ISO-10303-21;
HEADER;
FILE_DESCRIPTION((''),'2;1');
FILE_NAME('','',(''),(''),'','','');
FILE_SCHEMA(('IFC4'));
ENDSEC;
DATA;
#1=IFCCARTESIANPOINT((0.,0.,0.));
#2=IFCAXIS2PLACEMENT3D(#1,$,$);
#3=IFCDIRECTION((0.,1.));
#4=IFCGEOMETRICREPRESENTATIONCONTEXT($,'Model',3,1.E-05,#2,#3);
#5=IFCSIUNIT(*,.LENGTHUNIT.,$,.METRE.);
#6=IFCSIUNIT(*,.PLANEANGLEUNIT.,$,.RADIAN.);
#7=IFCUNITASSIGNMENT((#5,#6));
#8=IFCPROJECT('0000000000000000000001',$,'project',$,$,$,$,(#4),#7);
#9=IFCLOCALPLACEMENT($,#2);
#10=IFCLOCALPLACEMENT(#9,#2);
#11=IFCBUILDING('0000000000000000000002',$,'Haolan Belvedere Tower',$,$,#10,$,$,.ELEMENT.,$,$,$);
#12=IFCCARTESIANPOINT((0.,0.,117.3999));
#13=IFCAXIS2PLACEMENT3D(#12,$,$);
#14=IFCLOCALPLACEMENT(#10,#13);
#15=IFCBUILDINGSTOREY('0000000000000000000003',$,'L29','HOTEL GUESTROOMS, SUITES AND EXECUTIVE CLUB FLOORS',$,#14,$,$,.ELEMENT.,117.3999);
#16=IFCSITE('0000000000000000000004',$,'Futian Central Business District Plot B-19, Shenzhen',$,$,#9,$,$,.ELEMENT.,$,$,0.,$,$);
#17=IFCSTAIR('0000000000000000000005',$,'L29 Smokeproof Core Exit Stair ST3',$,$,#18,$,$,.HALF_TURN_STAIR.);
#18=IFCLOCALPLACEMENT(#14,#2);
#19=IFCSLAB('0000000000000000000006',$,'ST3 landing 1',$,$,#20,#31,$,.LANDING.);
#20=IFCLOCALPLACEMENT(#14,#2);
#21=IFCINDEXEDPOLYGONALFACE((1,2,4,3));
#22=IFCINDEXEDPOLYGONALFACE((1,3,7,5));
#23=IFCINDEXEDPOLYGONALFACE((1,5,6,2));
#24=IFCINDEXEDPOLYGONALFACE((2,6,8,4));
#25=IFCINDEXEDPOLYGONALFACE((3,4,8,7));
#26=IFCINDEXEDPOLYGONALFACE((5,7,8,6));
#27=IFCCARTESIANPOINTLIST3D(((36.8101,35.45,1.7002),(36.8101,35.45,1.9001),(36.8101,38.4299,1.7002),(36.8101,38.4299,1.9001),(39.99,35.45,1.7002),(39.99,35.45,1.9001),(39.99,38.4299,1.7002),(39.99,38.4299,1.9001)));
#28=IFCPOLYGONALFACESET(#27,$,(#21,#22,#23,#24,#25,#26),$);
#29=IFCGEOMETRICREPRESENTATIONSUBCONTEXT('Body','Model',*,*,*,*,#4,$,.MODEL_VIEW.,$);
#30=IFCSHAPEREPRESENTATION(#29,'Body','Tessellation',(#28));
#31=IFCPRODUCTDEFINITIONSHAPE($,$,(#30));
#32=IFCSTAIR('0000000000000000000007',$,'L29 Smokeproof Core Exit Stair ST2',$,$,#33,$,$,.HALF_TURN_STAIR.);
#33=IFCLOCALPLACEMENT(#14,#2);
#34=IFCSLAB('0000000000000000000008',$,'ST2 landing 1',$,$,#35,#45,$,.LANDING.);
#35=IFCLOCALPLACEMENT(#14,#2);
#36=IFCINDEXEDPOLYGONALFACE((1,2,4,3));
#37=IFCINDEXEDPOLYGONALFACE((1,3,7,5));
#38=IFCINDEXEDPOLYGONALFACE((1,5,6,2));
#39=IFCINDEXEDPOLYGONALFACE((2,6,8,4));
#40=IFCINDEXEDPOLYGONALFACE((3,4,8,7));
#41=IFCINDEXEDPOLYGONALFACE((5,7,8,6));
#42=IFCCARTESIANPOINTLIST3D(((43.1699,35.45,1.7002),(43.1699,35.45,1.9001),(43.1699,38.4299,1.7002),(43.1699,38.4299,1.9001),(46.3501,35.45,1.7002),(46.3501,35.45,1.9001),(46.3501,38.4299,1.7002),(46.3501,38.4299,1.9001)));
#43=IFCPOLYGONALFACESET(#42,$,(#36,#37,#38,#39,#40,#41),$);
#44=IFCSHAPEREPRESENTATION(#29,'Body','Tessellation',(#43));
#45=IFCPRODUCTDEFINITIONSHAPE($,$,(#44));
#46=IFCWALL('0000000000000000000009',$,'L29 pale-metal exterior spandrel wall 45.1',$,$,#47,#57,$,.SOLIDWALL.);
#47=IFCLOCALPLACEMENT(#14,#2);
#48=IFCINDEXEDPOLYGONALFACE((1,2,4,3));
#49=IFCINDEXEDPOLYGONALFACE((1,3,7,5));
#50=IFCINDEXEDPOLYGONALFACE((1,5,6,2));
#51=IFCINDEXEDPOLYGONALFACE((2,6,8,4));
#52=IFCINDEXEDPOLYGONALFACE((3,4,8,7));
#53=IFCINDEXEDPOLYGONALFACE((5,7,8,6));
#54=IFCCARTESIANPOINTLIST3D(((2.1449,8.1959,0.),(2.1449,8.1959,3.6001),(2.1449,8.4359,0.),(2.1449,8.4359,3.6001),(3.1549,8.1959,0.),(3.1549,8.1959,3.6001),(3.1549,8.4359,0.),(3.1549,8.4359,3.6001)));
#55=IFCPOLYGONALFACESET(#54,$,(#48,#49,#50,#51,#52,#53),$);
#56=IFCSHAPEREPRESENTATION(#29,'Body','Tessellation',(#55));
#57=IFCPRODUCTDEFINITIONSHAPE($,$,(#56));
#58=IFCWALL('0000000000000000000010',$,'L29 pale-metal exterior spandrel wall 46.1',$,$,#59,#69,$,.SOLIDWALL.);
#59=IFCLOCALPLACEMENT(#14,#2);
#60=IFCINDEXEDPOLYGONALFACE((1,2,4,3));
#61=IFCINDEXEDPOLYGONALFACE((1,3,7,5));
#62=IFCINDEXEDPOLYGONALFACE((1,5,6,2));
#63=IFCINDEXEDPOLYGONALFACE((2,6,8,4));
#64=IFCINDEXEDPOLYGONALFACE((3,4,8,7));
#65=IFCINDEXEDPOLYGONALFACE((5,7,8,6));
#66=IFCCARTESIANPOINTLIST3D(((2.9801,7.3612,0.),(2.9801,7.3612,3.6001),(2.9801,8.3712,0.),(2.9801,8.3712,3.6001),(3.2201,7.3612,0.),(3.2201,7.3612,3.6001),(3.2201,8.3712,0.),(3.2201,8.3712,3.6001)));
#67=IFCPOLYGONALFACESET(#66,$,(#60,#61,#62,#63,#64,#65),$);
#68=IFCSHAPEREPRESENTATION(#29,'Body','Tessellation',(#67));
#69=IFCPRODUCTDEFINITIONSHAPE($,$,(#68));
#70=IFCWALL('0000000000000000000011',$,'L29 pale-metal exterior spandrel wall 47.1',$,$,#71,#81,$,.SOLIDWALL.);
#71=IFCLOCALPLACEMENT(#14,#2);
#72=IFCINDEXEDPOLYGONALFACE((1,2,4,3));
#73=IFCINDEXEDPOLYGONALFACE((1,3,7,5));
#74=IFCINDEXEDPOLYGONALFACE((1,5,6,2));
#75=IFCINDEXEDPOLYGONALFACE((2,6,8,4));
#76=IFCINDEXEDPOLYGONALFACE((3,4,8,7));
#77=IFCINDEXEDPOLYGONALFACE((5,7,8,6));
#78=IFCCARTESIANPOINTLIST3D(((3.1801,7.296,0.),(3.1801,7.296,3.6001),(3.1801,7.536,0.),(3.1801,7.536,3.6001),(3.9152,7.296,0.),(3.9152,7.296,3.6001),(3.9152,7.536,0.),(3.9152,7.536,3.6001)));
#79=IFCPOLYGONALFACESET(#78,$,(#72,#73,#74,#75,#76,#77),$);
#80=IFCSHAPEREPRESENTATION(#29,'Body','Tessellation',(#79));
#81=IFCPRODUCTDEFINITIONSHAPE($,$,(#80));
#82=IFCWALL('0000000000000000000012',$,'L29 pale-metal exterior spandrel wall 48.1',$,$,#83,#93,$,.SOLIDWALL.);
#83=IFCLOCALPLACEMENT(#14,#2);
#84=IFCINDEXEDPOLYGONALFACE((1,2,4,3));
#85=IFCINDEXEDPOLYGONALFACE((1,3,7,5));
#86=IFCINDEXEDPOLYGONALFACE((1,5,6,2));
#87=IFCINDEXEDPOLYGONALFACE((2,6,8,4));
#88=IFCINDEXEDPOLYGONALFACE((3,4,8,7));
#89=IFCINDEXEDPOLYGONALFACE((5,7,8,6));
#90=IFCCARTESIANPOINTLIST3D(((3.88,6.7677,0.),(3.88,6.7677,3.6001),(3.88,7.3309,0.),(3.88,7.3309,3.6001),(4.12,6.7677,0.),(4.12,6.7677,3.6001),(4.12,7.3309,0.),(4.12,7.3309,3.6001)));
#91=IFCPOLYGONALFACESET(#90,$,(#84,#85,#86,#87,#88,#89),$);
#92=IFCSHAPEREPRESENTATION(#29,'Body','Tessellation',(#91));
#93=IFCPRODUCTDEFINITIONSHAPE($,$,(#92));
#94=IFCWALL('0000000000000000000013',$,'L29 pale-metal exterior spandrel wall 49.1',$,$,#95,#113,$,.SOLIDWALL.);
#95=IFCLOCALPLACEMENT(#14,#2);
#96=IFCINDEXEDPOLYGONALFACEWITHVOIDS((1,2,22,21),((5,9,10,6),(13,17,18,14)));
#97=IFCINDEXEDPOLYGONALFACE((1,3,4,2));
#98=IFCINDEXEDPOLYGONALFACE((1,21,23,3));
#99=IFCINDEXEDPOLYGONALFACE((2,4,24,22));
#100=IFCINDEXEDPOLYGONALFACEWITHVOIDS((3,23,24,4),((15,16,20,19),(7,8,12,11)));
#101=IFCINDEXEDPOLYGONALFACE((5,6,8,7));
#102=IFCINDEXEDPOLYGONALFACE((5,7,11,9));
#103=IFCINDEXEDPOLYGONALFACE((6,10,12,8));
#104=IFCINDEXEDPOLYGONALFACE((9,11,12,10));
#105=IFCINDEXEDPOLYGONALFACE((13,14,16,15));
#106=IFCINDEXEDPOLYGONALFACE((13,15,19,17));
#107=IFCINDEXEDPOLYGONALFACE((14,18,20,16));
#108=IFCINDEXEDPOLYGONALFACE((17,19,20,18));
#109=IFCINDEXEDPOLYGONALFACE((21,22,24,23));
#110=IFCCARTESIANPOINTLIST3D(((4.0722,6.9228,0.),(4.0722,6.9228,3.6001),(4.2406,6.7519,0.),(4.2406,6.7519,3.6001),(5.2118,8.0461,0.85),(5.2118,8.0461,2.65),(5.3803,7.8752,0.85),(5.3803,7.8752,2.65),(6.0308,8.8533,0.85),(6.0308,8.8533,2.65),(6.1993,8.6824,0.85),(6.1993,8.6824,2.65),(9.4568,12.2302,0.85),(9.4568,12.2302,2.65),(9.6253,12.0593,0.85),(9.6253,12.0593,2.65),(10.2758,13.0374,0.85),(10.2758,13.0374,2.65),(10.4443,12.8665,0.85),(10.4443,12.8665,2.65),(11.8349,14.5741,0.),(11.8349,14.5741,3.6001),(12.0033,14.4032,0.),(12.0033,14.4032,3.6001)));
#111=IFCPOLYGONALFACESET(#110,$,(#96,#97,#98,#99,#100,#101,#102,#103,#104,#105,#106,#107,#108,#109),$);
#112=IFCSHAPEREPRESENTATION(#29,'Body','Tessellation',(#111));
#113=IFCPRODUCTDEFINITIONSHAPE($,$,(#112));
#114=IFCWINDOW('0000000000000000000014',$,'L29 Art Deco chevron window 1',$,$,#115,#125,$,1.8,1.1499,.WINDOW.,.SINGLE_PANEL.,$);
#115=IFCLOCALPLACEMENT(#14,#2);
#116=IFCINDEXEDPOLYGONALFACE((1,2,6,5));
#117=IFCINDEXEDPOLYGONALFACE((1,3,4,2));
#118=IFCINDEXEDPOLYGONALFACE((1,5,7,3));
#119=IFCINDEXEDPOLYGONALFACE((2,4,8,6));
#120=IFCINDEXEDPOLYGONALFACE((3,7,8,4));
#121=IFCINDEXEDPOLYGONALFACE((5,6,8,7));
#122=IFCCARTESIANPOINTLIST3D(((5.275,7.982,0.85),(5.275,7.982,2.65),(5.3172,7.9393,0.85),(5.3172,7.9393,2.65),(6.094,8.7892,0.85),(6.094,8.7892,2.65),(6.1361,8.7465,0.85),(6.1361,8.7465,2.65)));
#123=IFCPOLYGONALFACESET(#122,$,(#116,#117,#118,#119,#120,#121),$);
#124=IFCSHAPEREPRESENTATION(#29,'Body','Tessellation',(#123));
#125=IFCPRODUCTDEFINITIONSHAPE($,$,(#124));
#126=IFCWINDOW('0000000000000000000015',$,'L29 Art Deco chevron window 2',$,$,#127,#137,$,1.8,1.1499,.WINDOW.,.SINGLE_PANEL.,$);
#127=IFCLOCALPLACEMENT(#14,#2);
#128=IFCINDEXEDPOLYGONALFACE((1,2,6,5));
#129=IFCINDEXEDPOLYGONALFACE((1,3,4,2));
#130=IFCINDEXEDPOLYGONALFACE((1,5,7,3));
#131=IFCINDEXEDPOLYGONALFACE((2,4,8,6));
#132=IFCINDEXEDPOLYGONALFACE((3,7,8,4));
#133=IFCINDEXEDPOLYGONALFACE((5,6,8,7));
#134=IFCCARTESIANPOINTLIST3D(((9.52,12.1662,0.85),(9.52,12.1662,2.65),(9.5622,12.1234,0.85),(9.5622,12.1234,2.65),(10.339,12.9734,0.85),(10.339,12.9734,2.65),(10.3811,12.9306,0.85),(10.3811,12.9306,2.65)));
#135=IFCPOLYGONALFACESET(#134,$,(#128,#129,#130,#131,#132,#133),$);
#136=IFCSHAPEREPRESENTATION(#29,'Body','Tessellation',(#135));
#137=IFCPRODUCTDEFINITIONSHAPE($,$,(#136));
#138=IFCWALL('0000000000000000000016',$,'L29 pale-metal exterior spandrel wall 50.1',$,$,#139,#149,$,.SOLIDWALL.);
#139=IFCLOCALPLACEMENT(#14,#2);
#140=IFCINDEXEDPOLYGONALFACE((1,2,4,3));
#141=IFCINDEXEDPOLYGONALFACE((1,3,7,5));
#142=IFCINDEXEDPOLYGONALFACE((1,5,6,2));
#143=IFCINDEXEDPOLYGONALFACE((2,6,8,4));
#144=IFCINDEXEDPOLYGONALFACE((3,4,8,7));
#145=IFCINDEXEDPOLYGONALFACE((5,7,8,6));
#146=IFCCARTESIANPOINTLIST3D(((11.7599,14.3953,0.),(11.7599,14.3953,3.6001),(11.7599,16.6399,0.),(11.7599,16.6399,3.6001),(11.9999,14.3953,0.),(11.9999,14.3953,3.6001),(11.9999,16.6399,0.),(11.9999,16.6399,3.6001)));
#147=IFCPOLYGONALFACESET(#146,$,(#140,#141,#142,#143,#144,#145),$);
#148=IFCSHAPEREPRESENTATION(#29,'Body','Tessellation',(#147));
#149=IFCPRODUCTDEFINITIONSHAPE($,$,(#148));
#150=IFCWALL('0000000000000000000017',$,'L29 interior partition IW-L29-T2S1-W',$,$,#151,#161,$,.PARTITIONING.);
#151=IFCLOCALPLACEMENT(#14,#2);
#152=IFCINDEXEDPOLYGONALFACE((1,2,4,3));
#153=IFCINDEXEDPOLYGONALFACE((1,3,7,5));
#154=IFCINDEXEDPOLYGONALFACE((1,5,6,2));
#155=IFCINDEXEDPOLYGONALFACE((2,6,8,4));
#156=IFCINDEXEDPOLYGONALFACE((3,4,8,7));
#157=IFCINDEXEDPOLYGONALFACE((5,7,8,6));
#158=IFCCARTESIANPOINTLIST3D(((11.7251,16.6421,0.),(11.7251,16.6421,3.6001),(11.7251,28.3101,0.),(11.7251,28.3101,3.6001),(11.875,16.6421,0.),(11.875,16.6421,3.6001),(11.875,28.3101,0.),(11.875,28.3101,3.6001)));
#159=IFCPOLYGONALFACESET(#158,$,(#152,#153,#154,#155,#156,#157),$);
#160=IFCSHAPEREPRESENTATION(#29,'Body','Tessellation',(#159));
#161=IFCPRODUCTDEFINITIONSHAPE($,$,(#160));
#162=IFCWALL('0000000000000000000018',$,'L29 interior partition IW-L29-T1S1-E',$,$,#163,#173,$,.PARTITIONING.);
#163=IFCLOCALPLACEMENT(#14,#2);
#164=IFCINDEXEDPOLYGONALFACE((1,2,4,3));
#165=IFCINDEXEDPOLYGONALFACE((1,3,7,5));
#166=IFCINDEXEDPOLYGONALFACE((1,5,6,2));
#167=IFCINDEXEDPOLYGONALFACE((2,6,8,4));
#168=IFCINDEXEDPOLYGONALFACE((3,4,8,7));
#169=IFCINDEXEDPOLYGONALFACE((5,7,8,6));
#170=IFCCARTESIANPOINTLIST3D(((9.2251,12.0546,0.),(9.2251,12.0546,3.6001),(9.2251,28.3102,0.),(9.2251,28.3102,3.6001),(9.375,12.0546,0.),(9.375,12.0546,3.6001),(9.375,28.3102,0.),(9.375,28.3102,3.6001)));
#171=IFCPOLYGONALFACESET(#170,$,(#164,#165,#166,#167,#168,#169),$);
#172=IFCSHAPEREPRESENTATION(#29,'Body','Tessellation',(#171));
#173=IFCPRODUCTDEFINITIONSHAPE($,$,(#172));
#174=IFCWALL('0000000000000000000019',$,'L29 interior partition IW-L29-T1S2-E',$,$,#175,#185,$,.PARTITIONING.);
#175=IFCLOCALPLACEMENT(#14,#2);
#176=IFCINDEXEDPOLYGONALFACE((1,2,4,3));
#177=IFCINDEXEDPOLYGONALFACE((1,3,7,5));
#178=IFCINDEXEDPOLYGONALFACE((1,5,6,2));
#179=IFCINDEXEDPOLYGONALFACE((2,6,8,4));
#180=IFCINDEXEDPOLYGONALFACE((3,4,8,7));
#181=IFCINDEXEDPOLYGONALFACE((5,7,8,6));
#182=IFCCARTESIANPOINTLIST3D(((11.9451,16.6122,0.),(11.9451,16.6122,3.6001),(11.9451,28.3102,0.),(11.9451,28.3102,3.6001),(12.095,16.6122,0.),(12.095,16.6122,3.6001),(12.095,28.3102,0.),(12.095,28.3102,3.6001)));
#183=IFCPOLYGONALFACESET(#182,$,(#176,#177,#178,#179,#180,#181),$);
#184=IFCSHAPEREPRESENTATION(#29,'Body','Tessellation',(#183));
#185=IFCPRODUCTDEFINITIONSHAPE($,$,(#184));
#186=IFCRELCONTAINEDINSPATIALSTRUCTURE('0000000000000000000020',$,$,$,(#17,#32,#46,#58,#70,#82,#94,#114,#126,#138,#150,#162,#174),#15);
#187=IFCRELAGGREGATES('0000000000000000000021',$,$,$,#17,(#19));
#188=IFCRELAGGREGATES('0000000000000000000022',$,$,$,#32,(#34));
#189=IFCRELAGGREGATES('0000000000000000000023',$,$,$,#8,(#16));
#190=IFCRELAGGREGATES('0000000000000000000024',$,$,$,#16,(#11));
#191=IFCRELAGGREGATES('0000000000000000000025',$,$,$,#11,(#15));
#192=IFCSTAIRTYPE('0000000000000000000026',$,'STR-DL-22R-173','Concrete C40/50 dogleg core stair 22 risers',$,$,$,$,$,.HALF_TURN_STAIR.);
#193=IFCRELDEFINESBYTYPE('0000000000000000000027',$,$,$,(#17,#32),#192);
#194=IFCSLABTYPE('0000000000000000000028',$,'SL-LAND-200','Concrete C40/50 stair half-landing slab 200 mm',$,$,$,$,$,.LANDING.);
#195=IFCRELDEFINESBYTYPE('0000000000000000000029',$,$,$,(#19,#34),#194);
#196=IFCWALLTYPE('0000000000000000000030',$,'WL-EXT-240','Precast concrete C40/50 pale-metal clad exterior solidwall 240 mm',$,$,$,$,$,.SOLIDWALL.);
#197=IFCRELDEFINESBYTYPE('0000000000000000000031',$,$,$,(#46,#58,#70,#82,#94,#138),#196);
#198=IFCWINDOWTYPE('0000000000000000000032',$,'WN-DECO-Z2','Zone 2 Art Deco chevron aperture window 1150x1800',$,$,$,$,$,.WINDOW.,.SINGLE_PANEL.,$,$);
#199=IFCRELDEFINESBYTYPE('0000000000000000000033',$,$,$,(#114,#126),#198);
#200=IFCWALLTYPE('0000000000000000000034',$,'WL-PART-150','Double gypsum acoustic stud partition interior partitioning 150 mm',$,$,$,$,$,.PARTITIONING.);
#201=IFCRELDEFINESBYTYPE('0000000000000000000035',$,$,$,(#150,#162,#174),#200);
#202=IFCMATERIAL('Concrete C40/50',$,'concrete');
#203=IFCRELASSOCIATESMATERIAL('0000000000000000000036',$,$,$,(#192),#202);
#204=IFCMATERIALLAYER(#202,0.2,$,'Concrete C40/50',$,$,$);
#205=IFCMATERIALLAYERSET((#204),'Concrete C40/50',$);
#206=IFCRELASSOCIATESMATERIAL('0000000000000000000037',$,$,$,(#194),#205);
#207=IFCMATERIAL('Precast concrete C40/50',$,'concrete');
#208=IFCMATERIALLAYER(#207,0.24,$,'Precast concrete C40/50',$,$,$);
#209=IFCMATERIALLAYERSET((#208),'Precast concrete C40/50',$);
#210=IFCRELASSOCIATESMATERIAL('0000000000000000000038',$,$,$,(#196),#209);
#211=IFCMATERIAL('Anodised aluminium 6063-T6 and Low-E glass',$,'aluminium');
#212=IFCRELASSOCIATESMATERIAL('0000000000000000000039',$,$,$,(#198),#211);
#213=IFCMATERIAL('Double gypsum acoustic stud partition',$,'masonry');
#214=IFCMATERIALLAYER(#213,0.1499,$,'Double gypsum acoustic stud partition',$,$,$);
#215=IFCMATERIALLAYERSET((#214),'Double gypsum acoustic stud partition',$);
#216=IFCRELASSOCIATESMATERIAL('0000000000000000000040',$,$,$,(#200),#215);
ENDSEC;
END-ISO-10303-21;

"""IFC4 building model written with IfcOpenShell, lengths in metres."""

from ifc_helpers import new_model, si_unit, direction, frame, frame_2d, origin, place, context, subcontext, project, spatial, polyline, rectangle, outline, extrude, material, layer, layer_set, type_object, element, fill, aggregate, save


model = new_model("IFC4")

# Units and contexts
model_context = context("Model", 3, precision=1e-05, world=origin(), true_north=direction((0.0, 1.0)))
body_context = subcontext(model_context, "Body", "Model", "MODEL_VIEW")
ifc_project = project(units=[si_unit("LENGTHUNIT", "METRE"), si_unit("PLANEANGLEUNIT", "RADIAN")], contexts=[model_context])

# Site, building, storey
site_placement = place(None, origin())
site = spatial("IfcSite", under=ifc_project, at=site_placement, Name="Futian Central Business District Plot B-19, Shenzhen", CompositionType="ELEMENT", RefElevation=0.0)
building_placement = place(site_placement, origin())
building = spatial("IfcBuilding", under=site, at=building_placement, Name="Haolan Belvedere Tower", CompositionType="ELEMENT")
storey_placement = place(building_placement, frame((0.0, 0.0, 117.3999)))
storey = spatial("IfcBuildingStorey", under=building, at=storey_placement, Name="L29", Description="HOTEL GUESTROOMS, SUITES AND EXECUTIVE CLUB FLOORS", CompositionType="ELEMENT", Elevation=117.3999)

# Shared definitions
ifc_material_1 = material(Name="Concrete C40/50", Category="concrete")

# Stairs, slabs
stair_type = type_object("IfcStairType", Name="STR-DL-22R-173", Description="Concrete C40/50 dogleg core stair 22 risers", PredefinedType="HALF_TURN_STAIR", material=ifc_material_1)
ifc_layer_1 = layer(ifc_material_1, 0.2, Name="Concrete C40/50")
ifc_layer_set_1 = layer_set([ifc_layer_1], Name="Concrete C40/50")
slab_type_1 = type_object("IfcSlabType", Name="SL-LAND-200", Description="Concrete C40/50 stair half-landing slab 200 mm", PredefinedType="LANDING", material=ifc_layer_set_1)
stair_1_placement = place(storey_placement, origin())
stair_1 = element("IfcStair", 1, at=stair_1_placement, inside=storey, type_object=stair_type, Name="L29 Smokeproof Core Exit Stair ST3", PredefinedType="HALF_TURN_STAIR")
slab_1_placement = place(storey_placement, frame((0.0, 0.0, 1.7002)))
slab_1 = element("IfcSlab", 2, at=slab_1_placement, type_object=slab_type_1, Name="ST3 landing 1", PredefinedType="LANDING", context=body_context, shape_type="SweptSolid", body=[
    extrude(outline(polyline([(36.8101, 38.4299), (36.8101, 35.45), (39.99, 35.45), (39.99, 38.4299), (36.8101, 38.4299)])), origin(), (0.0, 0.0, 1.0), 0.2),
])
aggregate(stair_1, [slab_1])
stair_2_placement = place(storey_placement, origin())
stair_2 = element("IfcStair", 3, at=stair_2_placement, inside=storey, type_object=stair_type, Name="L29 Smokeproof Core Exit Stair ST2", PredefinedType="HALF_TURN_STAIR")
slab_2_placement = place(storey_placement, frame((0.0, 0.0, 1.7002)))
slab_2 = element("IfcSlab", 4, at=slab_2_placement, type_object=slab_type_1, Name="ST2 landing 1", PredefinedType="LANDING", context=body_context, shape_type="SweptSolid", body=[
    extrude(outline(polyline([(43.1699, 38.4299), (43.1699, 35.45), (46.3501, 35.45), (46.3501, 38.4299), (43.1699, 38.4299)])), origin(), (0.0, 0.0, 1.0), 0.2),
])
aggregate(stair_2, [slab_2])

# Walls
ifc_material_2 = material(Name="Precast concrete C40/50", Category="concrete")
ifc_layer_2 = layer(ifc_material_2, 0.24, Name="Precast concrete C40/50")
ifc_layer_set_2 = layer_set([ifc_layer_2], Name="Precast concrete C40/50")
wall_type_1 = type_object("IfcWallType", Name="WL-EXT-240", Description="Precast concrete C40/50 pale-metal clad exterior solidwall 240 mm", PredefinedType="SOLIDWALL", material=ifc_layer_set_2)
for number, where, z_axis, x_axis, name in (
    (5, (2.145, 8.3159, 0.0), (0.0, 0.0, 1.0), (1.0, 0.0, 0.0), "L29 pale-metal exterior spandrel wall 45.1"),
    (6, (3.1001, 8.3711, 0.0), (0.0, 0.0, 1.0), (0.0, -1.0, 0.0), "L29 pale-metal exterior spandrel wall 46.1"),
):
    element("IfcWall", number, at=place(storey_placement, frame(where, z_axis=z_axis, x_axis=x_axis)), inside=storey, type_object=wall_type_1, Name=name, PredefinedType="SOLIDWALL", context=body_context, shape_type="SweptSolid", body=[
        extrude(rectangle(XDim=1.01, YDim=0.24, at=frame_2d((0.5049, 0.0))), origin(), (0.0, 0.0, 1.0), 3.6001),
    ])
wall_1_placement = place(storey_placement, frame((3.1799, 7.416, 0.0), z_axis=(0.0, 0.0, 1.0), x_axis=(1.0, 0.0, 0.0)))
element("IfcWall", 7, at=wall_1_placement, inside=storey, type_object=wall_type_1, Name="L29 pale-metal exterior spandrel wall 47.1", PredefinedType="SOLIDWALL", context=body_context, shape_type="SweptSolid", body=[
    extrude(rectangle(XDim=0.7351, YDim=0.24, at=frame_2d((0.3677, 0.0))), origin(), (0.0, 0.0, 1.0), 3.6001),
])
wall_2_placement = place(storey_placement, frame((4.0, 7.3311, 0.0), z_axis=(0.0, 0.0, 1.0), x_axis=(0.0, -1.0, 0.0)))
element("IfcWall", 8, at=wall_2_placement, inside=storey, type_object=wall_type_1, Name="L29 pale-metal exterior spandrel wall 48.1", PredefinedType="SOLIDWALL", context=body_context, shape_type="SweptSolid", body=[
    extrude(rectangle(XDim=0.5632, YDim=0.24, at=frame_2d((0.2817, 0.0))), origin(), (0.0, 0.0, 1.0), 3.6001),
])

# Wall, openings, windows
wall_3_placement = place(storey_placement, frame((4.1565, 6.8374, 0.0), z_axis=(0.0, 0.0, 1.0), x_axis=(0.712195, 0.701981, 0.0)))
wall_3 = element("IfcWall", 9, at=wall_3_placement, inside=storey, type_object=wall_type_1, Name="L29 pale-metal exterior spandrel wall 49.1", PredefinedType="SOLIDWALL", context=body_context, shape_type="SweptSolid", body=[
    extrude(rectangle(XDim=10.8997, YDim=0.24, at=frame_2d((5.4497, 0.0))), origin(), (0.0, 0.0, 1.0), 3.6001),
])
opening_1_placement = place(wall_3_placement, frame((1.6001, 0.0, 0.8501)))
opening_1 = element("IfcOpeningElement", 10, at=opening_1_placement, cuts=wall_3, PredefinedType="OPENING", context=body_context, shape_type="SweptSolid", body=[
    extrude(rectangle(XDim=1.1499, YDim=1.8, at=frame_2d((0.575, 0.8999))), frame((0.0, 0.1299, 0.0), z_axis=(0.0, -1.0, 0.0), x_axis=(1.0, 0.0, 0.0)), (0.0, 0.0, 1.0), 0.26),
])
opening_2_placement = place(wall_3_placement, frame((7.5605, 0.0, 0.8501)))
opening_2 = element("IfcOpeningElement", 11, at=opening_2_placement, cuts=wall_3, PredefinedType="OPENING", context=body_context, shape_type="SweptSolid", body=[
    extrude(rectangle(XDim=1.1499, YDim=1.8, at=frame_2d((0.575, 0.8999))), frame((0.0, 0.1299, 0.0), z_axis=(0.0, -1.0, 0.0), x_axis=(1.0, 0.0, 0.0)), (0.0, 0.0, 1.0), 0.26),
])
ifc_material_3 = material(Name="Anodised aluminium 6063-T6 and Low-E glass", Category="aluminium")
window_type = type_object("IfcWindowType", Name="WN-DECO-Z2", Description="Zone 2 Art Deco chevron aperture window 1150x1800", PartitioningType="SINGLE_PANEL", PredefinedType="WINDOW", material=ifc_material_3)
window_1_placement = place(opening_1_placement, origin())
window_1 = element("IfcWindow", 12, at=window_1_placement, inside=storey, type_object=window_type, Name="L29 Art Deco chevron window 1", OverallHeight=1.8, OverallWidth=1.1499, PartitioningType="SINGLE_PANEL", PredefinedType="WINDOW", context=body_context, shape_type="SweptSolid", body=[
    extrude(rectangle(XDim=1.1499, YDim=1.8, at=frame_2d((0.575, 0.8999))), frame((0.0, 0.03, 0.0), z_axis=(0.0, -1.0, 0.0), x_axis=(1.0, 0.0, 0.0)), (0.0, 0.0, 1.0), 0.0601),
])
fill(opening_1, window_1)
window_2_placement = place(opening_2_placement, origin())
window_2 = element("IfcWindow", 13, at=window_2_placement, inside=storey, type_object=window_type, Name="L29 Art Deco chevron window 2", OverallHeight=1.8, OverallWidth=1.1499, PartitioningType="SINGLE_PANEL", PredefinedType="WINDOW", context=body_context, shape_type="SweptSolid", body=[
    extrude(rectangle(XDim=1.1499, YDim=1.8, at=frame_2d((0.575, 0.8999))), frame((0.0, 0.03, 0.0), z_axis=(0.0, -1.0, 0.0), x_axis=(1.0, 0.0, 0.0)), (0.0, 0.0, 1.0), 0.0601),
])
fill(opening_2, window_2)

# Walls
wall_4_placement = place(storey_placement, frame((11.8799, 14.3953, 0.0), z_axis=(0.0, 0.0, 1.0), x_axis=(0.0, 1.0, 0.0)))
element("IfcWall", 14, at=wall_4_placement, inside=storey, type_object=wall_type_1, Name="L29 pale-metal exterior spandrel wall 50.1", PredefinedType="SOLIDWALL", context=body_context, shape_type="SweptSolid", body=[
    extrude(rectangle(XDim=2.2446, YDim=0.24, at=frame_2d((1.1223, 0.0))), origin(), (0.0, 0.0, 1.0), 3.6001),
])
ifc_material_4 = material(Name="Double gypsum acoustic stud partition", Category="masonry")
ifc_layer_3 = layer(ifc_material_4, 0.1499, Name="Double gypsum acoustic stud partition")
ifc_layer_set_3 = layer_set([ifc_layer_3], Name="Double gypsum acoustic stud partition")
wall_type_2 = type_object("IfcWallType", Name="WL-PART-150", Description="Double gypsum acoustic stud partition interior partitioning 150 mm", PredefinedType="PARTITIONING", material=ifc_layer_set_3)
wall_5_placement = place(storey_placement, frame((11.8, 16.6421, 0.0), z_axis=(0.0, 0.0, 1.0), x_axis=(0.0, 1.0, 0.0)))
element("IfcWall", 15, at=wall_5_placement, inside=storey, type_object=wall_type_2, Name="L29 interior partition IW-L29-T2S1-W", PredefinedType="PARTITIONING", context=body_context, shape_type="SweptSolid", body=[
    extrude(rectangle(XDim=11.668, YDim=0.1499, at=frame_2d((5.834, 0.0))), origin(), (0.0, 0.0, 1.0), 3.6001),
])
wall_6_placement = place(storey_placement, frame((9.3, 12.0544, 0.0), z_axis=(0.0, 0.0, 1.0), x_axis=(0.0, 1.0, 0.0)))
element("IfcWall", 16, at=wall_6_placement, inside=storey, type_object=wall_type_2, Name="L29 interior partition IW-L29-T1S1-E", PredefinedType="PARTITIONING", context=body_context, shape_type="SweptSolid", body=[
    extrude(rectangle(XDim=16.2556, YDim=0.1499, at=frame_2d((8.1279, 0.0))), origin(), (0.0, 0.0, 1.0), 3.6001),
])
wall_7_placement = place(storey_placement, frame((12.02, 16.6121, 0.0), z_axis=(0.0, 0.0, 1.0), x_axis=(0.0, 1.0, 0.0)))
element("IfcWall", 17, at=wall_7_placement, inside=storey, type_object=wall_type_2, Name="L29 interior partition IW-L29-T1S2-E", PredefinedType="PARTITIONING", context=body_context, shape_type="SweptSolid", body=[
    extrude(rectangle(XDim=11.698, YDim=0.1499, at=frame_2d((5.8491, 0.0))), origin(), (0.0, 0.0, 1.0), 3.6001),
])

save(model, "model.ifc")
